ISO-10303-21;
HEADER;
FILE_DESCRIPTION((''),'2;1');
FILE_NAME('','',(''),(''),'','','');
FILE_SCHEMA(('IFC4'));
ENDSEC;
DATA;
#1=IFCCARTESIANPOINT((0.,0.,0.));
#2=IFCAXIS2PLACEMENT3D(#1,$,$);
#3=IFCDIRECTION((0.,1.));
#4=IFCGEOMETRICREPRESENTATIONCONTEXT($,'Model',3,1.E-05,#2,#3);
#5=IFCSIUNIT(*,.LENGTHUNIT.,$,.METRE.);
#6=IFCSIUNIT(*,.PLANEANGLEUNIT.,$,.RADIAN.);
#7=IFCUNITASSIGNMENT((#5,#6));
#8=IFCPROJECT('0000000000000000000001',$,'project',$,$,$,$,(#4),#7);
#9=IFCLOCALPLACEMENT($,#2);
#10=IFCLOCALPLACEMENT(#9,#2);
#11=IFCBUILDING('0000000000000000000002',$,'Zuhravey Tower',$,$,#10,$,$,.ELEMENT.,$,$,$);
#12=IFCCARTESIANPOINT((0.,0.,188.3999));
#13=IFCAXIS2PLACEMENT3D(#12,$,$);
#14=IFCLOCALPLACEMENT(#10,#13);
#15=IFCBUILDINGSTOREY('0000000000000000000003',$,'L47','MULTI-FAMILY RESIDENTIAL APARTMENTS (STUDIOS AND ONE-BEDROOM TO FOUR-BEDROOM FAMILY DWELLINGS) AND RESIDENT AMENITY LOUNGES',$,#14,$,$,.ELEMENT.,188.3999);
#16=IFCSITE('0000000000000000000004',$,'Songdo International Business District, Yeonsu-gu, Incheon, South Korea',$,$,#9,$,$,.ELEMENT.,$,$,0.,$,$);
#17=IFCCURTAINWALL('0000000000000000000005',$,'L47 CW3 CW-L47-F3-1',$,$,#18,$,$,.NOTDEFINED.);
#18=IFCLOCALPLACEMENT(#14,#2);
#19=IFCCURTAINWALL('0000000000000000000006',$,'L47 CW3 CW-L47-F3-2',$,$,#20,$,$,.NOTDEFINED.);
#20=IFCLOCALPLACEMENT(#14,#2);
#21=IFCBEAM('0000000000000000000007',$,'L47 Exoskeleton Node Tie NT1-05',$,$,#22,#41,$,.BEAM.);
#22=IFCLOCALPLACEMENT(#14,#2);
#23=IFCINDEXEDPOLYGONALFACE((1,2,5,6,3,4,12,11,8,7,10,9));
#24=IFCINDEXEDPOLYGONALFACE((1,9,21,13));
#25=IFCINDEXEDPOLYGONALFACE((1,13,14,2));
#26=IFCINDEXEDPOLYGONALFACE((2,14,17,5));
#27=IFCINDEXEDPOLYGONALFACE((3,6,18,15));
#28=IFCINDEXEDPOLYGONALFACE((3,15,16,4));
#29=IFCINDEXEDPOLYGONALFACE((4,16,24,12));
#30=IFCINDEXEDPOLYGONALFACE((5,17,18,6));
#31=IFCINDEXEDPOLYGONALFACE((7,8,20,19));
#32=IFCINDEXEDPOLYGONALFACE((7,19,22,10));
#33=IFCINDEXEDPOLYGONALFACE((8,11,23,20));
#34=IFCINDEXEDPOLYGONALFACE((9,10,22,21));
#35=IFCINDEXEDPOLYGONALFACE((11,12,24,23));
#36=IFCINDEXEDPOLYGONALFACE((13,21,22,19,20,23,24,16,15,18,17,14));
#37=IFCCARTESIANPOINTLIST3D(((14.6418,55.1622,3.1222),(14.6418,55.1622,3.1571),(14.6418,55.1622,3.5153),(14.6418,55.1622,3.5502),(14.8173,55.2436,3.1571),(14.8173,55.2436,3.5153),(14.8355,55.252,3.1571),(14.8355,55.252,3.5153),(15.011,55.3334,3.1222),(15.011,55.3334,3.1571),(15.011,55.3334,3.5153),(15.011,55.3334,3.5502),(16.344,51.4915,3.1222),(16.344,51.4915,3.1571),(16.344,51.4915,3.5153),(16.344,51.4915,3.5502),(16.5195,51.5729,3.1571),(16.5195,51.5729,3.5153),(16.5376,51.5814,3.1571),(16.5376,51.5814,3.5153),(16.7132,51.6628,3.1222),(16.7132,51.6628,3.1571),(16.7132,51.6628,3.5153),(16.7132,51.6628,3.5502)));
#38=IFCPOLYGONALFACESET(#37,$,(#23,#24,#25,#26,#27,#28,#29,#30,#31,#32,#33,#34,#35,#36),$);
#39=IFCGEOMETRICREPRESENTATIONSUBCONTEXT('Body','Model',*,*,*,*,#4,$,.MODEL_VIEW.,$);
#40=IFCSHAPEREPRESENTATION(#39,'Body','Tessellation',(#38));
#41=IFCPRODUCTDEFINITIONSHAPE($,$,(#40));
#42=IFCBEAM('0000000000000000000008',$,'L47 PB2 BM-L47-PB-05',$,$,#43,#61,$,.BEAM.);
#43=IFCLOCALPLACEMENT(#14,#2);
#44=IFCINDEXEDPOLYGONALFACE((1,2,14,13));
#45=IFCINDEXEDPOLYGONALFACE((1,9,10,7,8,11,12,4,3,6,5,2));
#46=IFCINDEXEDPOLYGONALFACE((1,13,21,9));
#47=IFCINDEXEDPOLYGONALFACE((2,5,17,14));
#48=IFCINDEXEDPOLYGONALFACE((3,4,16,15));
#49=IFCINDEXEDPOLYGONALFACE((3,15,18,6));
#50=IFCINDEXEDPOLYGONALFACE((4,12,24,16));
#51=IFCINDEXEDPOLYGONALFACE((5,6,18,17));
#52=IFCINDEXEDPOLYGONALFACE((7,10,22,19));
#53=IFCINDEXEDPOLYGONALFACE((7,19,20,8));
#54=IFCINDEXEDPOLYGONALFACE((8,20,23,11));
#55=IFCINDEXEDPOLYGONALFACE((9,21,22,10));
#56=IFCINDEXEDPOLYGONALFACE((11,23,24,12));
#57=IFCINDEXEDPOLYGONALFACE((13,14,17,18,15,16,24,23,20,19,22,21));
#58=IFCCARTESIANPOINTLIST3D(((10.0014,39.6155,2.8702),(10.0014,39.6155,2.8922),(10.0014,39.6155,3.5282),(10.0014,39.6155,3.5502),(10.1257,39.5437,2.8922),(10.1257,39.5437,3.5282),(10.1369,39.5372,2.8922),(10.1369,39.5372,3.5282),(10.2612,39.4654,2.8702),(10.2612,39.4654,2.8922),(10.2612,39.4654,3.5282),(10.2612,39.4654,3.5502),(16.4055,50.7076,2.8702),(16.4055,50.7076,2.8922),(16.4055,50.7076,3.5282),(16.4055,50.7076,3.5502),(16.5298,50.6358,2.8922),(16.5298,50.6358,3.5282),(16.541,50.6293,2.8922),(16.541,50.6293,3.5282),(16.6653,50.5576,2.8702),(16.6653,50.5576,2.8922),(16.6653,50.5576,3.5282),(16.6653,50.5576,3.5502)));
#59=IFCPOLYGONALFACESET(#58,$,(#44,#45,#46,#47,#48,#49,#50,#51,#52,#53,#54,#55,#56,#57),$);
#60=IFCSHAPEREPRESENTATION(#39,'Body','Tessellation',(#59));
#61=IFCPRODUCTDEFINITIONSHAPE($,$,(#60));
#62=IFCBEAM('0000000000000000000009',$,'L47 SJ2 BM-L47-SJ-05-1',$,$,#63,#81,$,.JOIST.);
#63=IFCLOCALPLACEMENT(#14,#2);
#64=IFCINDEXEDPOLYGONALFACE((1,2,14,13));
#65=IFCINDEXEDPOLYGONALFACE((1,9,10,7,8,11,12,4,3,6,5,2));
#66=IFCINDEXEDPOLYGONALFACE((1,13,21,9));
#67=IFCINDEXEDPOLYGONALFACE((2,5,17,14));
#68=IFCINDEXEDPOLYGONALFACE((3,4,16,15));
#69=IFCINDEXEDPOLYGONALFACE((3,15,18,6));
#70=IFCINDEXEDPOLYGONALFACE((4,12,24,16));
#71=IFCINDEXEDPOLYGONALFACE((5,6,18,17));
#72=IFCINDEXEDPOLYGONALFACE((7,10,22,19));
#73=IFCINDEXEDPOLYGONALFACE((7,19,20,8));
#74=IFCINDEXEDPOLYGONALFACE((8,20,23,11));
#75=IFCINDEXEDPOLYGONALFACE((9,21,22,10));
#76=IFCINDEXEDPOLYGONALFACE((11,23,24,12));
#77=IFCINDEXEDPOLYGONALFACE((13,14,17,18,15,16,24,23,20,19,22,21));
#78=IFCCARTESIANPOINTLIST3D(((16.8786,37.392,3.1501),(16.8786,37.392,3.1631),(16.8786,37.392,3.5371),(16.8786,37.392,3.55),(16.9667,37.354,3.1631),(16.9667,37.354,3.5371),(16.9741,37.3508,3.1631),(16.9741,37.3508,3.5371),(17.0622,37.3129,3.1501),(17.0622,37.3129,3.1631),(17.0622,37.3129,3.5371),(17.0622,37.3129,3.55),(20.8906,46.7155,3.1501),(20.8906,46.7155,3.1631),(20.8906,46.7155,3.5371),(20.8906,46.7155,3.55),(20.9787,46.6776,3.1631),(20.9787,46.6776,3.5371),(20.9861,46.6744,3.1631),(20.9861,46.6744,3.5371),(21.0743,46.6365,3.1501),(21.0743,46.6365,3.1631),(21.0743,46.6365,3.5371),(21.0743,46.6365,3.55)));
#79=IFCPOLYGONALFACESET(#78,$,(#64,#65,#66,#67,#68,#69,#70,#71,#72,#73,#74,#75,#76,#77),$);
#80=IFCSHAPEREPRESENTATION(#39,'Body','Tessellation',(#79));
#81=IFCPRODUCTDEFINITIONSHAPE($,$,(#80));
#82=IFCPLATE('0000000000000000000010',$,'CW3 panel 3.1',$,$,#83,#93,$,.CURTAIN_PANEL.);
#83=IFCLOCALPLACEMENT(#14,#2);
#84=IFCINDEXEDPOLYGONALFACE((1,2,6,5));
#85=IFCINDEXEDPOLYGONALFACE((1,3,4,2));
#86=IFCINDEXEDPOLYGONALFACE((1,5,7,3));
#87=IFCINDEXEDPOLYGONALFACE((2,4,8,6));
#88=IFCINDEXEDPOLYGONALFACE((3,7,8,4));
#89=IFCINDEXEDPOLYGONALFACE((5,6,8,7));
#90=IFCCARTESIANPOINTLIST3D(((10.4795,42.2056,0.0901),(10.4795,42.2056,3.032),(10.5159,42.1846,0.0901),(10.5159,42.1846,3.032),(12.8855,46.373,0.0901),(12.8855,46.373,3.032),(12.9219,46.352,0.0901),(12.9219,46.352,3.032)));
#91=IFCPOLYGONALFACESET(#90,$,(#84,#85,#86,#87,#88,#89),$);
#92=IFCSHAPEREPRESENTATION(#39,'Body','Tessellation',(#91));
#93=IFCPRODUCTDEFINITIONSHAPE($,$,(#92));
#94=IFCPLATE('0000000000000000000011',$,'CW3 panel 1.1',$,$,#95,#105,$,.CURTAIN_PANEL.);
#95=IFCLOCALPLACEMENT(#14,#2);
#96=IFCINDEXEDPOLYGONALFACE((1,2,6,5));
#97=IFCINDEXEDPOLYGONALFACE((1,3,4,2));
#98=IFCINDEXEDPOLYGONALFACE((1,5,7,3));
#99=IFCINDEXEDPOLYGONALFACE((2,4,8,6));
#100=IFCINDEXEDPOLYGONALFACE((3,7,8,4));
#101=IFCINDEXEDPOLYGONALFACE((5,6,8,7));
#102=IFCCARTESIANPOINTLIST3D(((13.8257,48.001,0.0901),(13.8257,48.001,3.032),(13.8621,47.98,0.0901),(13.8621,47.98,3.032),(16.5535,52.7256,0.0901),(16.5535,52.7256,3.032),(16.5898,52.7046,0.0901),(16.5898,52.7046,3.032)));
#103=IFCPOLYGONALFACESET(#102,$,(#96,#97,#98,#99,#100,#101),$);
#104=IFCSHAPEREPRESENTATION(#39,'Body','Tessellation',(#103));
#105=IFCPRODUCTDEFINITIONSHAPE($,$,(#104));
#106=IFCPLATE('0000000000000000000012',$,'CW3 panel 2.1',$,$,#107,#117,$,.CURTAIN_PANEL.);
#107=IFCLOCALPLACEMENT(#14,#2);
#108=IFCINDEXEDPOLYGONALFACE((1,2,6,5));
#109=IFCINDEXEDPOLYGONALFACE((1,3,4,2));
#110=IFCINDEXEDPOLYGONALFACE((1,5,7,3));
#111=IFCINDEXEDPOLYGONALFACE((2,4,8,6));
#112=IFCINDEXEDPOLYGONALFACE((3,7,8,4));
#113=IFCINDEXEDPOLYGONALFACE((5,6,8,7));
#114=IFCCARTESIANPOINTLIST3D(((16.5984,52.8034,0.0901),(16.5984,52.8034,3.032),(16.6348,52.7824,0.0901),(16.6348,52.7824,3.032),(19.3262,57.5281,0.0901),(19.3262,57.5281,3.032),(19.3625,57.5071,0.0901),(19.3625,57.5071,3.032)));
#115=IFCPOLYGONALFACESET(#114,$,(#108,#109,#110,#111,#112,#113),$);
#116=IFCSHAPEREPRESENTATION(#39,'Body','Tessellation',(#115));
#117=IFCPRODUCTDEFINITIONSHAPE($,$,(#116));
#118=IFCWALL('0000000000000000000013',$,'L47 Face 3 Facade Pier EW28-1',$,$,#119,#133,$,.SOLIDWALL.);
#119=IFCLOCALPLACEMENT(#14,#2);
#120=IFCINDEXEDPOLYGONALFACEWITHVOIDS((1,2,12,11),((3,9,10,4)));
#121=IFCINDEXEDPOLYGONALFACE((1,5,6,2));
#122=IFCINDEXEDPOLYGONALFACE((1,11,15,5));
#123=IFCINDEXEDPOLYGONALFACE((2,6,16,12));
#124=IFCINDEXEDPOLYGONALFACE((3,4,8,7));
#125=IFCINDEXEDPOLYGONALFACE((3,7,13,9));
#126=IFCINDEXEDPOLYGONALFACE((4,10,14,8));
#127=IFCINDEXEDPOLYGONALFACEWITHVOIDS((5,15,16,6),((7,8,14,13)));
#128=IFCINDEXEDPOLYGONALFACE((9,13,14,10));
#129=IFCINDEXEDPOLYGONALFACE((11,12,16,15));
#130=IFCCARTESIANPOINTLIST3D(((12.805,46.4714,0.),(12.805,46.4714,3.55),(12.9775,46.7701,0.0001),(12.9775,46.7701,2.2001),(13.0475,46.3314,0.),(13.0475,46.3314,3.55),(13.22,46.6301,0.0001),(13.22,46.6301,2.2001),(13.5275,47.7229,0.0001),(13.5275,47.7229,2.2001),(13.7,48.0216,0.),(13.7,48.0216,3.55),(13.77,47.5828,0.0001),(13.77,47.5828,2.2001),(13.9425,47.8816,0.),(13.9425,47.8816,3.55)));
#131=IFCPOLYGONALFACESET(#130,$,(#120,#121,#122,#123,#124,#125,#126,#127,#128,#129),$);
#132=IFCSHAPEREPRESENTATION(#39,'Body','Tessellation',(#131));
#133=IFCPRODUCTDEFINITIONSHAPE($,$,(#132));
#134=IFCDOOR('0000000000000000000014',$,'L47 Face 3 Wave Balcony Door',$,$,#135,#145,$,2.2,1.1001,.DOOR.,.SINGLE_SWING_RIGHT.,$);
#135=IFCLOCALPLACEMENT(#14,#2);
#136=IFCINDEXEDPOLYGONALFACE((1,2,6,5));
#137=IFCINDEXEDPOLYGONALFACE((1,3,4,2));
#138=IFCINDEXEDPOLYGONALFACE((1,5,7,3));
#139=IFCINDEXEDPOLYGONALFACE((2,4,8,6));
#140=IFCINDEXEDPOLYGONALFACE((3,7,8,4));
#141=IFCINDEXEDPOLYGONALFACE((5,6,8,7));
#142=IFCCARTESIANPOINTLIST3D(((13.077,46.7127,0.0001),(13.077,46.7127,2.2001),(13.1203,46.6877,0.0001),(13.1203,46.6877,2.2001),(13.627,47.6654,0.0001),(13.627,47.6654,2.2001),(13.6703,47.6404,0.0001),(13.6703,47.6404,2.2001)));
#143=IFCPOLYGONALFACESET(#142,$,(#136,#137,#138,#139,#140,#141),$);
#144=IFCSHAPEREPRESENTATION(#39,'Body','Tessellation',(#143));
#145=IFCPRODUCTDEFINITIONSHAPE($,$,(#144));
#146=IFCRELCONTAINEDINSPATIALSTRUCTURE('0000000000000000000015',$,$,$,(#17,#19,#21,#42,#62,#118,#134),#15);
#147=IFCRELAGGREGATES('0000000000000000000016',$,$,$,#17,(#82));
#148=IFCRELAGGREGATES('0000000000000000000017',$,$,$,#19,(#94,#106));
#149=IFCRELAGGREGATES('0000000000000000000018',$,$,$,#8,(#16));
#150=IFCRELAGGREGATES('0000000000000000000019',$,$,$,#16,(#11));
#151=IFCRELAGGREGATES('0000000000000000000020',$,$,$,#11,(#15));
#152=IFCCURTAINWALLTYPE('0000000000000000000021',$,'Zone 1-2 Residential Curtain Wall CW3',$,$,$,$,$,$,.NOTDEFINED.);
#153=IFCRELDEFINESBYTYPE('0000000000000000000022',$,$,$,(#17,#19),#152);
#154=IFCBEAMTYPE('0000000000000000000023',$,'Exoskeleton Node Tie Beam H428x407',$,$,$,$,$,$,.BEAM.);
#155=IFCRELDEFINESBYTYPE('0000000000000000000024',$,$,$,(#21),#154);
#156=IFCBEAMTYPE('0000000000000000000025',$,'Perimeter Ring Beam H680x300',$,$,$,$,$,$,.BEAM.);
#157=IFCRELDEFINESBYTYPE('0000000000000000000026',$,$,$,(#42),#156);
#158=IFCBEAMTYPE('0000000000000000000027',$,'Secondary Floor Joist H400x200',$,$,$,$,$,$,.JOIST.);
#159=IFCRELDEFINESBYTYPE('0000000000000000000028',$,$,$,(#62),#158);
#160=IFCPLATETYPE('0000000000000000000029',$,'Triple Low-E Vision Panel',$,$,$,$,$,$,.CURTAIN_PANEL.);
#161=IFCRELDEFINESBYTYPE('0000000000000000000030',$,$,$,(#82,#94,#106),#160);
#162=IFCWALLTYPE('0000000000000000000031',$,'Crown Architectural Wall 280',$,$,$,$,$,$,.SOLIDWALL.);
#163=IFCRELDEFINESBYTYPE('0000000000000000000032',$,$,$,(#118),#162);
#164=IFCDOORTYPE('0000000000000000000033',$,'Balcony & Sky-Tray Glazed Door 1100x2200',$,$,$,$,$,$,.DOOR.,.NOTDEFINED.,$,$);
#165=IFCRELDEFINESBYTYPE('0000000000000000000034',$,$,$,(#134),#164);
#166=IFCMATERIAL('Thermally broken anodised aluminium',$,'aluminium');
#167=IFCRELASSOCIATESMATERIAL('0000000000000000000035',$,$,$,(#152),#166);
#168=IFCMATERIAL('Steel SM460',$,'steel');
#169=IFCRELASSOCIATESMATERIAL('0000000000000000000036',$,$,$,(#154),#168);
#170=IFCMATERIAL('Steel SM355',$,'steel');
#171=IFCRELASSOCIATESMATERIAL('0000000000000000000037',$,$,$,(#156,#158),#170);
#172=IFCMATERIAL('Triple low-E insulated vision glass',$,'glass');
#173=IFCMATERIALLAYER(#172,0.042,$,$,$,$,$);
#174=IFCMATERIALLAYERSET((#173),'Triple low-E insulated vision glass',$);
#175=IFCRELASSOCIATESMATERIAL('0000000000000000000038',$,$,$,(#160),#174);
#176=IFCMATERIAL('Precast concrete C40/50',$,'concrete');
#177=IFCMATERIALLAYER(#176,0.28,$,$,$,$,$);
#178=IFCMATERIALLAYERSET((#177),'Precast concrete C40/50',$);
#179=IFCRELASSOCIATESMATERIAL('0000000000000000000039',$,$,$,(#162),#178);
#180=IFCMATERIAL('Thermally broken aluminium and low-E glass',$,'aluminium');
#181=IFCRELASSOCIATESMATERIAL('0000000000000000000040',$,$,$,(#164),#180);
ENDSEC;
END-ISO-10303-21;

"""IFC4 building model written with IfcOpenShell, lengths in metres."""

from ifc_helpers import new_model, si_unit, direction, frame, frame_2d, origin, origin_2d, place, context, subcontext, project, spatial, rectangle, i_section, extrude, material, layer, layer_set, material_profile, profile_set, type_object, element, fill, aggregate, save


model = new_model("IFC4")

# Units and contexts
model_context = context("Model", 3, precision=1e-05, world=origin(), true_north=direction((0.0, 1.0)))
body_context = subcontext(model_context, "Body", "Model", "MODEL_VIEW")
ifc_project = project(units=[si_unit("LENGTHUNIT", "METRE"), si_unit("PLANEANGLEUNIT", "RADIAN")], contexts=[model_context])

# Site, building, storey
site_placement = place(None, origin())
site = spatial("IfcSite", under=ifc_project, at=site_placement, Name="Songdo International Business District, Yeonsu-gu, Incheon, South Korea", CompositionType="ELEMENT", RefElevation=0.0)
building_placement = place(site_placement, origin())
building = spatial("IfcBuilding", under=site, at=building_placement, Name="Zuhravey Tower", CompositionType="ELEMENT")
storey_placement = place(building_placement, frame((0.0, 0.0, 188.3999)))
storey = spatial("IfcBuildingStorey", under=building, at=storey_placement, Name="L47", Description="MULTI-FAMILY RESIDENTIAL APARTMENTS (STUDIOS AND ONE-BEDROOM TO FOUR-BEDROOM FAMILY DWELLINGS) AND RESIDENT AMENITY LOUNGES", CompositionType="ELEMENT", Elevation=188.3999)

# Curtain wall
ifc_material_1 = material(Name="Thermally broken anodised aluminium", Category="aluminium")
curtain_wall_type = type_object("IfcCurtainWallType", Name="Zone 1-2 Residential Curtain Wall CW3", PredefinedType="NOTDEFINED", material=ifc_material_1)
curtain_wall_1_placement = place(storey_placement, origin())
curtain_wall_1 = element("IfcCurtainWall", 1, at=curtain_wall_1_placement, inside=storey, type_object=curtain_wall_type, Name="L47 CW3 CW-L47-F3-1", PredefinedType="NOTDEFINED")

# Curtain wall
curtain_wall_2_placement = place(storey_placement, origin())
curtain_wall_2 = element("IfcCurtainWall", 2, at=curtain_wall_2_placement, inside=storey, type_object=curtain_wall_type, Name="L47 CW3 CW-L47-F3-2", PredefinedType="NOTDEFINED")

# Beams
ifc_material_2 = material(Name="Steel SM460", Category="steel")
ifc_material_profile_1 = material_profile(ifc_material_2, i_section(OverallWidth=0.407, OverallDepth=0.428, WebThickness=0.02, FlangeThickness=0.0349, at=origin_2d()), Name="H-428x407x20x35")
ifc_profile_set_1 = profile_set([ifc_material_profile_1], Name="Steel SM460")
beam_type_1 = type_object("IfcBeamType", Name="Exoskeleton Node Tie Beam H428x407", PredefinedType="BEAM", material=ifc_profile_set_1)
beam_1_placement = place(storey_placement, frame((16.5286, 51.5771, 3.3362), z_axis=(-0.420688, 0.907206, 0.0), x_axis=(-0.907206, -0.420688, 0.0)))
element("IfcBeam", 3, at=beam_1_placement, inside=storey, type_object=beam_type_1, Name="L47 Exoskeleton Node Tie NT1-05", PredefinedType="BEAM", context=body_context, shape_type="SweptSolid", body=[
    extrude(i_section(OverallWidth=0.407, OverallDepth=0.428, WebThickness=0.02, FlangeThickness=0.0349, at=origin_2d()), origin(), (0.0, 0.0, 1.0), 4.0461),
])
ifc_material_3 = material(Name="Steel SM355", Category="steel")
ifc_material_profile_2 = material_profile(ifc_material_3, i_section(OverallWidth=0.3, OverallDepth=0.6799, WebThickness=0.0129, FlangeThickness=0.022, at=origin_2d()), Name="H-680x300x13x22")
ifc_profile_set_2 = profile_set([ifc_material_profile_2], Name="Steel SM355")
beam_type_2 = type_object("IfcBeamType", Name="Perimeter Ring Beam H680x300", PredefinedType="BEAM", material=ifc_profile_set_2)
beam_2_placement = place(storey_placement, frame((16.5354, 50.6326, 3.2102), z_axis=(-0.500004, -0.866023, 0.0), x_axis=(0.866023, -0.500004, 0.0)))
element("IfcBeam", 4, at=beam_2_placement, inside=storey, type_object=beam_type_2, Name="L47 PB2 BM-L47-PB-05", PredefinedType="BEAM", context=body_context, shape_type="SweptSolid", body=[
    extrude(i_section(OverallWidth=0.3, OverallDepth=0.6799, WebThickness=0.0129, FlangeThickness=0.022, at=origin_2d()), origin(), (0.0, 0.0, 1.0), 12.8081),
])
ifc_material_profile_3 = material_profile(ifc_material_3, i_section(OverallWidth=0.2, OverallDepth=0.3999, WebThickness=0.0081, FlangeThickness=0.0129, at=origin_2d()), Name="H-400x200x8x13")
ifc_profile_set_3 = profile_set([ifc_material_profile_3], Name="Steel SM355")
beam_type_3 = type_object("IfcBeamType", Name="Secondary Floor Joist H400x200", PredefinedType="JOIST", material=ifc_profile_set_3)
beam_3_placement = place(storey_placement, frame((20.9824, 46.676, 3.3501), z_axis=(-0.395266, -0.918567, 0.0), x_axis=(0.918567, -0.395266, 0.0)))
element("IfcBeam", 5, at=beam_3_placement, inside=storey, type_object=beam_type_3, Name="L47 SJ2 BM-L47-SJ-05-1", PredefinedType="JOIST", context=body_context, shape_type="SweptSolid", body=[
    extrude(i_section(OverallWidth=0.2, OverallDepth=0.3999, WebThickness=0.0081, FlangeThickness=0.0129, at=origin_2d()), origin(), (0.0, 0.0, 1.0), 10.1501),
])

# Plates
ifc_material_4 = material(Name="Triple low-E insulated vision glass", Category="glass")
ifc_layer_1 = layer(ifc_material_4, 0.042)
ifc_layer_set_1 = layer_set([ifc_layer_1], Name="Triple low-E insulated vision glass")
plate_type = type_object("IfcPlateType", Name="Triple Low-E Vision Panel", PredefinedType="CURTAIN_PANEL", material=ifc_layer_set_1)
plate_1_placement = place(storey_placement, frame((11.7007, 44.2788, 0.0901), z_axis=(0.0, 0.0, 1.0), x_axis=(0.499999, 0.866026, 0.0)))
plate_1 = element("IfcPlate", 6, at=plate_1_placement, type_object=plate_type, Name="CW3 panel 3.1", PredefinedType="CURTAIN_PANEL", context=body_context, shape_type="SweptSolid", body=[
    extrude(rectangle(XDim=4.812, YDim=0.042, at=origin_2d()), origin(), (0.0, 0.0, 1.0), 2.9419),
])
aggregate(curtain_wall_1, [plate_1])
plate_2_placement = place(storey_placement, frame((15.2078, 50.3528, 0.0901), z_axis=(0.0, 0.0, 1.0), x_axis=(0.500001, 0.866025, 0.0)))
plate_2 = element("IfcPlate", 7, at=plate_2_placement, type_object=plate_type, Name="CW3 panel 1.1", PredefinedType="CURTAIN_PANEL", context=body_context, shape_type="SweptSolid", body=[
    extrude(rectangle(XDim=5.4556, YDim=0.042, at=origin_2d()), origin(), (0.0, 0.0, 1.0), 2.9419),
])
plate_3_placement = place(storey_placement, frame((17.9805, 55.1553, 0.0901), z_axis=(0.0, 0.0, 1.0), x_axis=(0.500001, 0.866025, 0.0)))
plate_3 = element("IfcPlate", 8, at=plate_3_placement, type_object=plate_type, Name="CW3 panel 2.1", PredefinedType="CURTAIN_PANEL", context=body_context, shape_type="SweptSolid", body=[
    extrude(rectangle(XDim=5.4556, YDim=0.042, at=origin_2d()), origin(), (0.0, 0.0, 1.0), 2.9419),
])
aggregate(curtain_wall_2, [plate_2, plate_3])

# Wall, opening, door
ifc_material_5 = material(Name="Precast concrete C40/50", Category="concrete")
ifc_layer_2 = layer(ifc_material_5, 0.28)
ifc_layer_set_2 = layer_set([ifc_layer_2], Name="Precast concrete C40/50")
wall_type_1 = type_object("IfcWallType", Name="Crown Architectural Wall 280", PredefinedType="SOLIDWALL", material=ifc_layer_set_2)
wall_1_placement = place(storey_placement, frame((12.9263, 46.4014, 0.0), z_axis=(0.0, 0.0, 1.0), x_axis=(0.499982, 0.866036, 0.0)))
wall_1 = element("IfcWall", 9, at=wall_1_placement, inside=storey, type_object=wall_type_1, Name="L47 Face 3 Facade Pier EW28-1", PredefinedType="SOLIDWALL", context=body_context, shape_type="SweptSolid", body=[
    extrude(rectangle(XDim=1.79, YDim=0.28, at=frame_2d((0.895, 0.0))), origin(), (0.0, 0.0, 1.0), 3.55),
])
opening_1_placement = place(wall_1_placement, frame((0.345, 0.0, 0.0)))
opening_1 = element("IfcOpeningElement", 10, at=opening_1_placement, cuts=wall_1, PredefinedType="OPENING", context=body_context, shape_type="SweptSolid", body=[
    extrude(rectangle(XDim=1.1001, YDim=2.2, at=frame_2d((0.55, 1.1001))), frame((0.0, 0.1521, 0.0), z_axis=(0.0, -1.0, 0.0), x_axis=(1.0, 0.0, 0.0)), (0.0, 0.0, 1.0), 0.304),
])
ifc_material_6 = material(Name="Thermally broken aluminium and low-E glass", Category="aluminium")
door_type_1 = type_object("IfcDoorType", Name="Balcony & Sky-Tray Glazed Door 1100x2200", OperationType="NOTDEFINED", PredefinedType="DOOR", material=ifc_material_6)
door_1_placement = place(opening_1_placement, frame((1.1001, 0.0, 0.0), z_axis=(0.0, 0.0, 1.0), x_axis=(-1.0, 0.0, 0.0)))
door_1 = element("IfcDoor", 11, at=door_1_placement, inside=storey, type_object=door_type_1, Name="L47 Face 3 Wave Balcony Door", OperationType="SINGLE_SWING_RIGHT", OverallHeight=2.2, OverallWidth=1.1001, PredefinedType="DOOR", context=body_context, shape_type="SweptSolid", body=[
    extrude(rectangle(XDim=1.1001, YDim=2.2, at=frame_2d((0.55, 1.1001))), frame((0.0, 0.0249, 0.0), z_axis=(0.0, -1.0, 0.0), x_axis=(1.0, 0.0, 0.0)), (0.0, 0.0, 1.0), 0.05),
])
fill(opening_1, door_1)

save(model, "model.ifc")
